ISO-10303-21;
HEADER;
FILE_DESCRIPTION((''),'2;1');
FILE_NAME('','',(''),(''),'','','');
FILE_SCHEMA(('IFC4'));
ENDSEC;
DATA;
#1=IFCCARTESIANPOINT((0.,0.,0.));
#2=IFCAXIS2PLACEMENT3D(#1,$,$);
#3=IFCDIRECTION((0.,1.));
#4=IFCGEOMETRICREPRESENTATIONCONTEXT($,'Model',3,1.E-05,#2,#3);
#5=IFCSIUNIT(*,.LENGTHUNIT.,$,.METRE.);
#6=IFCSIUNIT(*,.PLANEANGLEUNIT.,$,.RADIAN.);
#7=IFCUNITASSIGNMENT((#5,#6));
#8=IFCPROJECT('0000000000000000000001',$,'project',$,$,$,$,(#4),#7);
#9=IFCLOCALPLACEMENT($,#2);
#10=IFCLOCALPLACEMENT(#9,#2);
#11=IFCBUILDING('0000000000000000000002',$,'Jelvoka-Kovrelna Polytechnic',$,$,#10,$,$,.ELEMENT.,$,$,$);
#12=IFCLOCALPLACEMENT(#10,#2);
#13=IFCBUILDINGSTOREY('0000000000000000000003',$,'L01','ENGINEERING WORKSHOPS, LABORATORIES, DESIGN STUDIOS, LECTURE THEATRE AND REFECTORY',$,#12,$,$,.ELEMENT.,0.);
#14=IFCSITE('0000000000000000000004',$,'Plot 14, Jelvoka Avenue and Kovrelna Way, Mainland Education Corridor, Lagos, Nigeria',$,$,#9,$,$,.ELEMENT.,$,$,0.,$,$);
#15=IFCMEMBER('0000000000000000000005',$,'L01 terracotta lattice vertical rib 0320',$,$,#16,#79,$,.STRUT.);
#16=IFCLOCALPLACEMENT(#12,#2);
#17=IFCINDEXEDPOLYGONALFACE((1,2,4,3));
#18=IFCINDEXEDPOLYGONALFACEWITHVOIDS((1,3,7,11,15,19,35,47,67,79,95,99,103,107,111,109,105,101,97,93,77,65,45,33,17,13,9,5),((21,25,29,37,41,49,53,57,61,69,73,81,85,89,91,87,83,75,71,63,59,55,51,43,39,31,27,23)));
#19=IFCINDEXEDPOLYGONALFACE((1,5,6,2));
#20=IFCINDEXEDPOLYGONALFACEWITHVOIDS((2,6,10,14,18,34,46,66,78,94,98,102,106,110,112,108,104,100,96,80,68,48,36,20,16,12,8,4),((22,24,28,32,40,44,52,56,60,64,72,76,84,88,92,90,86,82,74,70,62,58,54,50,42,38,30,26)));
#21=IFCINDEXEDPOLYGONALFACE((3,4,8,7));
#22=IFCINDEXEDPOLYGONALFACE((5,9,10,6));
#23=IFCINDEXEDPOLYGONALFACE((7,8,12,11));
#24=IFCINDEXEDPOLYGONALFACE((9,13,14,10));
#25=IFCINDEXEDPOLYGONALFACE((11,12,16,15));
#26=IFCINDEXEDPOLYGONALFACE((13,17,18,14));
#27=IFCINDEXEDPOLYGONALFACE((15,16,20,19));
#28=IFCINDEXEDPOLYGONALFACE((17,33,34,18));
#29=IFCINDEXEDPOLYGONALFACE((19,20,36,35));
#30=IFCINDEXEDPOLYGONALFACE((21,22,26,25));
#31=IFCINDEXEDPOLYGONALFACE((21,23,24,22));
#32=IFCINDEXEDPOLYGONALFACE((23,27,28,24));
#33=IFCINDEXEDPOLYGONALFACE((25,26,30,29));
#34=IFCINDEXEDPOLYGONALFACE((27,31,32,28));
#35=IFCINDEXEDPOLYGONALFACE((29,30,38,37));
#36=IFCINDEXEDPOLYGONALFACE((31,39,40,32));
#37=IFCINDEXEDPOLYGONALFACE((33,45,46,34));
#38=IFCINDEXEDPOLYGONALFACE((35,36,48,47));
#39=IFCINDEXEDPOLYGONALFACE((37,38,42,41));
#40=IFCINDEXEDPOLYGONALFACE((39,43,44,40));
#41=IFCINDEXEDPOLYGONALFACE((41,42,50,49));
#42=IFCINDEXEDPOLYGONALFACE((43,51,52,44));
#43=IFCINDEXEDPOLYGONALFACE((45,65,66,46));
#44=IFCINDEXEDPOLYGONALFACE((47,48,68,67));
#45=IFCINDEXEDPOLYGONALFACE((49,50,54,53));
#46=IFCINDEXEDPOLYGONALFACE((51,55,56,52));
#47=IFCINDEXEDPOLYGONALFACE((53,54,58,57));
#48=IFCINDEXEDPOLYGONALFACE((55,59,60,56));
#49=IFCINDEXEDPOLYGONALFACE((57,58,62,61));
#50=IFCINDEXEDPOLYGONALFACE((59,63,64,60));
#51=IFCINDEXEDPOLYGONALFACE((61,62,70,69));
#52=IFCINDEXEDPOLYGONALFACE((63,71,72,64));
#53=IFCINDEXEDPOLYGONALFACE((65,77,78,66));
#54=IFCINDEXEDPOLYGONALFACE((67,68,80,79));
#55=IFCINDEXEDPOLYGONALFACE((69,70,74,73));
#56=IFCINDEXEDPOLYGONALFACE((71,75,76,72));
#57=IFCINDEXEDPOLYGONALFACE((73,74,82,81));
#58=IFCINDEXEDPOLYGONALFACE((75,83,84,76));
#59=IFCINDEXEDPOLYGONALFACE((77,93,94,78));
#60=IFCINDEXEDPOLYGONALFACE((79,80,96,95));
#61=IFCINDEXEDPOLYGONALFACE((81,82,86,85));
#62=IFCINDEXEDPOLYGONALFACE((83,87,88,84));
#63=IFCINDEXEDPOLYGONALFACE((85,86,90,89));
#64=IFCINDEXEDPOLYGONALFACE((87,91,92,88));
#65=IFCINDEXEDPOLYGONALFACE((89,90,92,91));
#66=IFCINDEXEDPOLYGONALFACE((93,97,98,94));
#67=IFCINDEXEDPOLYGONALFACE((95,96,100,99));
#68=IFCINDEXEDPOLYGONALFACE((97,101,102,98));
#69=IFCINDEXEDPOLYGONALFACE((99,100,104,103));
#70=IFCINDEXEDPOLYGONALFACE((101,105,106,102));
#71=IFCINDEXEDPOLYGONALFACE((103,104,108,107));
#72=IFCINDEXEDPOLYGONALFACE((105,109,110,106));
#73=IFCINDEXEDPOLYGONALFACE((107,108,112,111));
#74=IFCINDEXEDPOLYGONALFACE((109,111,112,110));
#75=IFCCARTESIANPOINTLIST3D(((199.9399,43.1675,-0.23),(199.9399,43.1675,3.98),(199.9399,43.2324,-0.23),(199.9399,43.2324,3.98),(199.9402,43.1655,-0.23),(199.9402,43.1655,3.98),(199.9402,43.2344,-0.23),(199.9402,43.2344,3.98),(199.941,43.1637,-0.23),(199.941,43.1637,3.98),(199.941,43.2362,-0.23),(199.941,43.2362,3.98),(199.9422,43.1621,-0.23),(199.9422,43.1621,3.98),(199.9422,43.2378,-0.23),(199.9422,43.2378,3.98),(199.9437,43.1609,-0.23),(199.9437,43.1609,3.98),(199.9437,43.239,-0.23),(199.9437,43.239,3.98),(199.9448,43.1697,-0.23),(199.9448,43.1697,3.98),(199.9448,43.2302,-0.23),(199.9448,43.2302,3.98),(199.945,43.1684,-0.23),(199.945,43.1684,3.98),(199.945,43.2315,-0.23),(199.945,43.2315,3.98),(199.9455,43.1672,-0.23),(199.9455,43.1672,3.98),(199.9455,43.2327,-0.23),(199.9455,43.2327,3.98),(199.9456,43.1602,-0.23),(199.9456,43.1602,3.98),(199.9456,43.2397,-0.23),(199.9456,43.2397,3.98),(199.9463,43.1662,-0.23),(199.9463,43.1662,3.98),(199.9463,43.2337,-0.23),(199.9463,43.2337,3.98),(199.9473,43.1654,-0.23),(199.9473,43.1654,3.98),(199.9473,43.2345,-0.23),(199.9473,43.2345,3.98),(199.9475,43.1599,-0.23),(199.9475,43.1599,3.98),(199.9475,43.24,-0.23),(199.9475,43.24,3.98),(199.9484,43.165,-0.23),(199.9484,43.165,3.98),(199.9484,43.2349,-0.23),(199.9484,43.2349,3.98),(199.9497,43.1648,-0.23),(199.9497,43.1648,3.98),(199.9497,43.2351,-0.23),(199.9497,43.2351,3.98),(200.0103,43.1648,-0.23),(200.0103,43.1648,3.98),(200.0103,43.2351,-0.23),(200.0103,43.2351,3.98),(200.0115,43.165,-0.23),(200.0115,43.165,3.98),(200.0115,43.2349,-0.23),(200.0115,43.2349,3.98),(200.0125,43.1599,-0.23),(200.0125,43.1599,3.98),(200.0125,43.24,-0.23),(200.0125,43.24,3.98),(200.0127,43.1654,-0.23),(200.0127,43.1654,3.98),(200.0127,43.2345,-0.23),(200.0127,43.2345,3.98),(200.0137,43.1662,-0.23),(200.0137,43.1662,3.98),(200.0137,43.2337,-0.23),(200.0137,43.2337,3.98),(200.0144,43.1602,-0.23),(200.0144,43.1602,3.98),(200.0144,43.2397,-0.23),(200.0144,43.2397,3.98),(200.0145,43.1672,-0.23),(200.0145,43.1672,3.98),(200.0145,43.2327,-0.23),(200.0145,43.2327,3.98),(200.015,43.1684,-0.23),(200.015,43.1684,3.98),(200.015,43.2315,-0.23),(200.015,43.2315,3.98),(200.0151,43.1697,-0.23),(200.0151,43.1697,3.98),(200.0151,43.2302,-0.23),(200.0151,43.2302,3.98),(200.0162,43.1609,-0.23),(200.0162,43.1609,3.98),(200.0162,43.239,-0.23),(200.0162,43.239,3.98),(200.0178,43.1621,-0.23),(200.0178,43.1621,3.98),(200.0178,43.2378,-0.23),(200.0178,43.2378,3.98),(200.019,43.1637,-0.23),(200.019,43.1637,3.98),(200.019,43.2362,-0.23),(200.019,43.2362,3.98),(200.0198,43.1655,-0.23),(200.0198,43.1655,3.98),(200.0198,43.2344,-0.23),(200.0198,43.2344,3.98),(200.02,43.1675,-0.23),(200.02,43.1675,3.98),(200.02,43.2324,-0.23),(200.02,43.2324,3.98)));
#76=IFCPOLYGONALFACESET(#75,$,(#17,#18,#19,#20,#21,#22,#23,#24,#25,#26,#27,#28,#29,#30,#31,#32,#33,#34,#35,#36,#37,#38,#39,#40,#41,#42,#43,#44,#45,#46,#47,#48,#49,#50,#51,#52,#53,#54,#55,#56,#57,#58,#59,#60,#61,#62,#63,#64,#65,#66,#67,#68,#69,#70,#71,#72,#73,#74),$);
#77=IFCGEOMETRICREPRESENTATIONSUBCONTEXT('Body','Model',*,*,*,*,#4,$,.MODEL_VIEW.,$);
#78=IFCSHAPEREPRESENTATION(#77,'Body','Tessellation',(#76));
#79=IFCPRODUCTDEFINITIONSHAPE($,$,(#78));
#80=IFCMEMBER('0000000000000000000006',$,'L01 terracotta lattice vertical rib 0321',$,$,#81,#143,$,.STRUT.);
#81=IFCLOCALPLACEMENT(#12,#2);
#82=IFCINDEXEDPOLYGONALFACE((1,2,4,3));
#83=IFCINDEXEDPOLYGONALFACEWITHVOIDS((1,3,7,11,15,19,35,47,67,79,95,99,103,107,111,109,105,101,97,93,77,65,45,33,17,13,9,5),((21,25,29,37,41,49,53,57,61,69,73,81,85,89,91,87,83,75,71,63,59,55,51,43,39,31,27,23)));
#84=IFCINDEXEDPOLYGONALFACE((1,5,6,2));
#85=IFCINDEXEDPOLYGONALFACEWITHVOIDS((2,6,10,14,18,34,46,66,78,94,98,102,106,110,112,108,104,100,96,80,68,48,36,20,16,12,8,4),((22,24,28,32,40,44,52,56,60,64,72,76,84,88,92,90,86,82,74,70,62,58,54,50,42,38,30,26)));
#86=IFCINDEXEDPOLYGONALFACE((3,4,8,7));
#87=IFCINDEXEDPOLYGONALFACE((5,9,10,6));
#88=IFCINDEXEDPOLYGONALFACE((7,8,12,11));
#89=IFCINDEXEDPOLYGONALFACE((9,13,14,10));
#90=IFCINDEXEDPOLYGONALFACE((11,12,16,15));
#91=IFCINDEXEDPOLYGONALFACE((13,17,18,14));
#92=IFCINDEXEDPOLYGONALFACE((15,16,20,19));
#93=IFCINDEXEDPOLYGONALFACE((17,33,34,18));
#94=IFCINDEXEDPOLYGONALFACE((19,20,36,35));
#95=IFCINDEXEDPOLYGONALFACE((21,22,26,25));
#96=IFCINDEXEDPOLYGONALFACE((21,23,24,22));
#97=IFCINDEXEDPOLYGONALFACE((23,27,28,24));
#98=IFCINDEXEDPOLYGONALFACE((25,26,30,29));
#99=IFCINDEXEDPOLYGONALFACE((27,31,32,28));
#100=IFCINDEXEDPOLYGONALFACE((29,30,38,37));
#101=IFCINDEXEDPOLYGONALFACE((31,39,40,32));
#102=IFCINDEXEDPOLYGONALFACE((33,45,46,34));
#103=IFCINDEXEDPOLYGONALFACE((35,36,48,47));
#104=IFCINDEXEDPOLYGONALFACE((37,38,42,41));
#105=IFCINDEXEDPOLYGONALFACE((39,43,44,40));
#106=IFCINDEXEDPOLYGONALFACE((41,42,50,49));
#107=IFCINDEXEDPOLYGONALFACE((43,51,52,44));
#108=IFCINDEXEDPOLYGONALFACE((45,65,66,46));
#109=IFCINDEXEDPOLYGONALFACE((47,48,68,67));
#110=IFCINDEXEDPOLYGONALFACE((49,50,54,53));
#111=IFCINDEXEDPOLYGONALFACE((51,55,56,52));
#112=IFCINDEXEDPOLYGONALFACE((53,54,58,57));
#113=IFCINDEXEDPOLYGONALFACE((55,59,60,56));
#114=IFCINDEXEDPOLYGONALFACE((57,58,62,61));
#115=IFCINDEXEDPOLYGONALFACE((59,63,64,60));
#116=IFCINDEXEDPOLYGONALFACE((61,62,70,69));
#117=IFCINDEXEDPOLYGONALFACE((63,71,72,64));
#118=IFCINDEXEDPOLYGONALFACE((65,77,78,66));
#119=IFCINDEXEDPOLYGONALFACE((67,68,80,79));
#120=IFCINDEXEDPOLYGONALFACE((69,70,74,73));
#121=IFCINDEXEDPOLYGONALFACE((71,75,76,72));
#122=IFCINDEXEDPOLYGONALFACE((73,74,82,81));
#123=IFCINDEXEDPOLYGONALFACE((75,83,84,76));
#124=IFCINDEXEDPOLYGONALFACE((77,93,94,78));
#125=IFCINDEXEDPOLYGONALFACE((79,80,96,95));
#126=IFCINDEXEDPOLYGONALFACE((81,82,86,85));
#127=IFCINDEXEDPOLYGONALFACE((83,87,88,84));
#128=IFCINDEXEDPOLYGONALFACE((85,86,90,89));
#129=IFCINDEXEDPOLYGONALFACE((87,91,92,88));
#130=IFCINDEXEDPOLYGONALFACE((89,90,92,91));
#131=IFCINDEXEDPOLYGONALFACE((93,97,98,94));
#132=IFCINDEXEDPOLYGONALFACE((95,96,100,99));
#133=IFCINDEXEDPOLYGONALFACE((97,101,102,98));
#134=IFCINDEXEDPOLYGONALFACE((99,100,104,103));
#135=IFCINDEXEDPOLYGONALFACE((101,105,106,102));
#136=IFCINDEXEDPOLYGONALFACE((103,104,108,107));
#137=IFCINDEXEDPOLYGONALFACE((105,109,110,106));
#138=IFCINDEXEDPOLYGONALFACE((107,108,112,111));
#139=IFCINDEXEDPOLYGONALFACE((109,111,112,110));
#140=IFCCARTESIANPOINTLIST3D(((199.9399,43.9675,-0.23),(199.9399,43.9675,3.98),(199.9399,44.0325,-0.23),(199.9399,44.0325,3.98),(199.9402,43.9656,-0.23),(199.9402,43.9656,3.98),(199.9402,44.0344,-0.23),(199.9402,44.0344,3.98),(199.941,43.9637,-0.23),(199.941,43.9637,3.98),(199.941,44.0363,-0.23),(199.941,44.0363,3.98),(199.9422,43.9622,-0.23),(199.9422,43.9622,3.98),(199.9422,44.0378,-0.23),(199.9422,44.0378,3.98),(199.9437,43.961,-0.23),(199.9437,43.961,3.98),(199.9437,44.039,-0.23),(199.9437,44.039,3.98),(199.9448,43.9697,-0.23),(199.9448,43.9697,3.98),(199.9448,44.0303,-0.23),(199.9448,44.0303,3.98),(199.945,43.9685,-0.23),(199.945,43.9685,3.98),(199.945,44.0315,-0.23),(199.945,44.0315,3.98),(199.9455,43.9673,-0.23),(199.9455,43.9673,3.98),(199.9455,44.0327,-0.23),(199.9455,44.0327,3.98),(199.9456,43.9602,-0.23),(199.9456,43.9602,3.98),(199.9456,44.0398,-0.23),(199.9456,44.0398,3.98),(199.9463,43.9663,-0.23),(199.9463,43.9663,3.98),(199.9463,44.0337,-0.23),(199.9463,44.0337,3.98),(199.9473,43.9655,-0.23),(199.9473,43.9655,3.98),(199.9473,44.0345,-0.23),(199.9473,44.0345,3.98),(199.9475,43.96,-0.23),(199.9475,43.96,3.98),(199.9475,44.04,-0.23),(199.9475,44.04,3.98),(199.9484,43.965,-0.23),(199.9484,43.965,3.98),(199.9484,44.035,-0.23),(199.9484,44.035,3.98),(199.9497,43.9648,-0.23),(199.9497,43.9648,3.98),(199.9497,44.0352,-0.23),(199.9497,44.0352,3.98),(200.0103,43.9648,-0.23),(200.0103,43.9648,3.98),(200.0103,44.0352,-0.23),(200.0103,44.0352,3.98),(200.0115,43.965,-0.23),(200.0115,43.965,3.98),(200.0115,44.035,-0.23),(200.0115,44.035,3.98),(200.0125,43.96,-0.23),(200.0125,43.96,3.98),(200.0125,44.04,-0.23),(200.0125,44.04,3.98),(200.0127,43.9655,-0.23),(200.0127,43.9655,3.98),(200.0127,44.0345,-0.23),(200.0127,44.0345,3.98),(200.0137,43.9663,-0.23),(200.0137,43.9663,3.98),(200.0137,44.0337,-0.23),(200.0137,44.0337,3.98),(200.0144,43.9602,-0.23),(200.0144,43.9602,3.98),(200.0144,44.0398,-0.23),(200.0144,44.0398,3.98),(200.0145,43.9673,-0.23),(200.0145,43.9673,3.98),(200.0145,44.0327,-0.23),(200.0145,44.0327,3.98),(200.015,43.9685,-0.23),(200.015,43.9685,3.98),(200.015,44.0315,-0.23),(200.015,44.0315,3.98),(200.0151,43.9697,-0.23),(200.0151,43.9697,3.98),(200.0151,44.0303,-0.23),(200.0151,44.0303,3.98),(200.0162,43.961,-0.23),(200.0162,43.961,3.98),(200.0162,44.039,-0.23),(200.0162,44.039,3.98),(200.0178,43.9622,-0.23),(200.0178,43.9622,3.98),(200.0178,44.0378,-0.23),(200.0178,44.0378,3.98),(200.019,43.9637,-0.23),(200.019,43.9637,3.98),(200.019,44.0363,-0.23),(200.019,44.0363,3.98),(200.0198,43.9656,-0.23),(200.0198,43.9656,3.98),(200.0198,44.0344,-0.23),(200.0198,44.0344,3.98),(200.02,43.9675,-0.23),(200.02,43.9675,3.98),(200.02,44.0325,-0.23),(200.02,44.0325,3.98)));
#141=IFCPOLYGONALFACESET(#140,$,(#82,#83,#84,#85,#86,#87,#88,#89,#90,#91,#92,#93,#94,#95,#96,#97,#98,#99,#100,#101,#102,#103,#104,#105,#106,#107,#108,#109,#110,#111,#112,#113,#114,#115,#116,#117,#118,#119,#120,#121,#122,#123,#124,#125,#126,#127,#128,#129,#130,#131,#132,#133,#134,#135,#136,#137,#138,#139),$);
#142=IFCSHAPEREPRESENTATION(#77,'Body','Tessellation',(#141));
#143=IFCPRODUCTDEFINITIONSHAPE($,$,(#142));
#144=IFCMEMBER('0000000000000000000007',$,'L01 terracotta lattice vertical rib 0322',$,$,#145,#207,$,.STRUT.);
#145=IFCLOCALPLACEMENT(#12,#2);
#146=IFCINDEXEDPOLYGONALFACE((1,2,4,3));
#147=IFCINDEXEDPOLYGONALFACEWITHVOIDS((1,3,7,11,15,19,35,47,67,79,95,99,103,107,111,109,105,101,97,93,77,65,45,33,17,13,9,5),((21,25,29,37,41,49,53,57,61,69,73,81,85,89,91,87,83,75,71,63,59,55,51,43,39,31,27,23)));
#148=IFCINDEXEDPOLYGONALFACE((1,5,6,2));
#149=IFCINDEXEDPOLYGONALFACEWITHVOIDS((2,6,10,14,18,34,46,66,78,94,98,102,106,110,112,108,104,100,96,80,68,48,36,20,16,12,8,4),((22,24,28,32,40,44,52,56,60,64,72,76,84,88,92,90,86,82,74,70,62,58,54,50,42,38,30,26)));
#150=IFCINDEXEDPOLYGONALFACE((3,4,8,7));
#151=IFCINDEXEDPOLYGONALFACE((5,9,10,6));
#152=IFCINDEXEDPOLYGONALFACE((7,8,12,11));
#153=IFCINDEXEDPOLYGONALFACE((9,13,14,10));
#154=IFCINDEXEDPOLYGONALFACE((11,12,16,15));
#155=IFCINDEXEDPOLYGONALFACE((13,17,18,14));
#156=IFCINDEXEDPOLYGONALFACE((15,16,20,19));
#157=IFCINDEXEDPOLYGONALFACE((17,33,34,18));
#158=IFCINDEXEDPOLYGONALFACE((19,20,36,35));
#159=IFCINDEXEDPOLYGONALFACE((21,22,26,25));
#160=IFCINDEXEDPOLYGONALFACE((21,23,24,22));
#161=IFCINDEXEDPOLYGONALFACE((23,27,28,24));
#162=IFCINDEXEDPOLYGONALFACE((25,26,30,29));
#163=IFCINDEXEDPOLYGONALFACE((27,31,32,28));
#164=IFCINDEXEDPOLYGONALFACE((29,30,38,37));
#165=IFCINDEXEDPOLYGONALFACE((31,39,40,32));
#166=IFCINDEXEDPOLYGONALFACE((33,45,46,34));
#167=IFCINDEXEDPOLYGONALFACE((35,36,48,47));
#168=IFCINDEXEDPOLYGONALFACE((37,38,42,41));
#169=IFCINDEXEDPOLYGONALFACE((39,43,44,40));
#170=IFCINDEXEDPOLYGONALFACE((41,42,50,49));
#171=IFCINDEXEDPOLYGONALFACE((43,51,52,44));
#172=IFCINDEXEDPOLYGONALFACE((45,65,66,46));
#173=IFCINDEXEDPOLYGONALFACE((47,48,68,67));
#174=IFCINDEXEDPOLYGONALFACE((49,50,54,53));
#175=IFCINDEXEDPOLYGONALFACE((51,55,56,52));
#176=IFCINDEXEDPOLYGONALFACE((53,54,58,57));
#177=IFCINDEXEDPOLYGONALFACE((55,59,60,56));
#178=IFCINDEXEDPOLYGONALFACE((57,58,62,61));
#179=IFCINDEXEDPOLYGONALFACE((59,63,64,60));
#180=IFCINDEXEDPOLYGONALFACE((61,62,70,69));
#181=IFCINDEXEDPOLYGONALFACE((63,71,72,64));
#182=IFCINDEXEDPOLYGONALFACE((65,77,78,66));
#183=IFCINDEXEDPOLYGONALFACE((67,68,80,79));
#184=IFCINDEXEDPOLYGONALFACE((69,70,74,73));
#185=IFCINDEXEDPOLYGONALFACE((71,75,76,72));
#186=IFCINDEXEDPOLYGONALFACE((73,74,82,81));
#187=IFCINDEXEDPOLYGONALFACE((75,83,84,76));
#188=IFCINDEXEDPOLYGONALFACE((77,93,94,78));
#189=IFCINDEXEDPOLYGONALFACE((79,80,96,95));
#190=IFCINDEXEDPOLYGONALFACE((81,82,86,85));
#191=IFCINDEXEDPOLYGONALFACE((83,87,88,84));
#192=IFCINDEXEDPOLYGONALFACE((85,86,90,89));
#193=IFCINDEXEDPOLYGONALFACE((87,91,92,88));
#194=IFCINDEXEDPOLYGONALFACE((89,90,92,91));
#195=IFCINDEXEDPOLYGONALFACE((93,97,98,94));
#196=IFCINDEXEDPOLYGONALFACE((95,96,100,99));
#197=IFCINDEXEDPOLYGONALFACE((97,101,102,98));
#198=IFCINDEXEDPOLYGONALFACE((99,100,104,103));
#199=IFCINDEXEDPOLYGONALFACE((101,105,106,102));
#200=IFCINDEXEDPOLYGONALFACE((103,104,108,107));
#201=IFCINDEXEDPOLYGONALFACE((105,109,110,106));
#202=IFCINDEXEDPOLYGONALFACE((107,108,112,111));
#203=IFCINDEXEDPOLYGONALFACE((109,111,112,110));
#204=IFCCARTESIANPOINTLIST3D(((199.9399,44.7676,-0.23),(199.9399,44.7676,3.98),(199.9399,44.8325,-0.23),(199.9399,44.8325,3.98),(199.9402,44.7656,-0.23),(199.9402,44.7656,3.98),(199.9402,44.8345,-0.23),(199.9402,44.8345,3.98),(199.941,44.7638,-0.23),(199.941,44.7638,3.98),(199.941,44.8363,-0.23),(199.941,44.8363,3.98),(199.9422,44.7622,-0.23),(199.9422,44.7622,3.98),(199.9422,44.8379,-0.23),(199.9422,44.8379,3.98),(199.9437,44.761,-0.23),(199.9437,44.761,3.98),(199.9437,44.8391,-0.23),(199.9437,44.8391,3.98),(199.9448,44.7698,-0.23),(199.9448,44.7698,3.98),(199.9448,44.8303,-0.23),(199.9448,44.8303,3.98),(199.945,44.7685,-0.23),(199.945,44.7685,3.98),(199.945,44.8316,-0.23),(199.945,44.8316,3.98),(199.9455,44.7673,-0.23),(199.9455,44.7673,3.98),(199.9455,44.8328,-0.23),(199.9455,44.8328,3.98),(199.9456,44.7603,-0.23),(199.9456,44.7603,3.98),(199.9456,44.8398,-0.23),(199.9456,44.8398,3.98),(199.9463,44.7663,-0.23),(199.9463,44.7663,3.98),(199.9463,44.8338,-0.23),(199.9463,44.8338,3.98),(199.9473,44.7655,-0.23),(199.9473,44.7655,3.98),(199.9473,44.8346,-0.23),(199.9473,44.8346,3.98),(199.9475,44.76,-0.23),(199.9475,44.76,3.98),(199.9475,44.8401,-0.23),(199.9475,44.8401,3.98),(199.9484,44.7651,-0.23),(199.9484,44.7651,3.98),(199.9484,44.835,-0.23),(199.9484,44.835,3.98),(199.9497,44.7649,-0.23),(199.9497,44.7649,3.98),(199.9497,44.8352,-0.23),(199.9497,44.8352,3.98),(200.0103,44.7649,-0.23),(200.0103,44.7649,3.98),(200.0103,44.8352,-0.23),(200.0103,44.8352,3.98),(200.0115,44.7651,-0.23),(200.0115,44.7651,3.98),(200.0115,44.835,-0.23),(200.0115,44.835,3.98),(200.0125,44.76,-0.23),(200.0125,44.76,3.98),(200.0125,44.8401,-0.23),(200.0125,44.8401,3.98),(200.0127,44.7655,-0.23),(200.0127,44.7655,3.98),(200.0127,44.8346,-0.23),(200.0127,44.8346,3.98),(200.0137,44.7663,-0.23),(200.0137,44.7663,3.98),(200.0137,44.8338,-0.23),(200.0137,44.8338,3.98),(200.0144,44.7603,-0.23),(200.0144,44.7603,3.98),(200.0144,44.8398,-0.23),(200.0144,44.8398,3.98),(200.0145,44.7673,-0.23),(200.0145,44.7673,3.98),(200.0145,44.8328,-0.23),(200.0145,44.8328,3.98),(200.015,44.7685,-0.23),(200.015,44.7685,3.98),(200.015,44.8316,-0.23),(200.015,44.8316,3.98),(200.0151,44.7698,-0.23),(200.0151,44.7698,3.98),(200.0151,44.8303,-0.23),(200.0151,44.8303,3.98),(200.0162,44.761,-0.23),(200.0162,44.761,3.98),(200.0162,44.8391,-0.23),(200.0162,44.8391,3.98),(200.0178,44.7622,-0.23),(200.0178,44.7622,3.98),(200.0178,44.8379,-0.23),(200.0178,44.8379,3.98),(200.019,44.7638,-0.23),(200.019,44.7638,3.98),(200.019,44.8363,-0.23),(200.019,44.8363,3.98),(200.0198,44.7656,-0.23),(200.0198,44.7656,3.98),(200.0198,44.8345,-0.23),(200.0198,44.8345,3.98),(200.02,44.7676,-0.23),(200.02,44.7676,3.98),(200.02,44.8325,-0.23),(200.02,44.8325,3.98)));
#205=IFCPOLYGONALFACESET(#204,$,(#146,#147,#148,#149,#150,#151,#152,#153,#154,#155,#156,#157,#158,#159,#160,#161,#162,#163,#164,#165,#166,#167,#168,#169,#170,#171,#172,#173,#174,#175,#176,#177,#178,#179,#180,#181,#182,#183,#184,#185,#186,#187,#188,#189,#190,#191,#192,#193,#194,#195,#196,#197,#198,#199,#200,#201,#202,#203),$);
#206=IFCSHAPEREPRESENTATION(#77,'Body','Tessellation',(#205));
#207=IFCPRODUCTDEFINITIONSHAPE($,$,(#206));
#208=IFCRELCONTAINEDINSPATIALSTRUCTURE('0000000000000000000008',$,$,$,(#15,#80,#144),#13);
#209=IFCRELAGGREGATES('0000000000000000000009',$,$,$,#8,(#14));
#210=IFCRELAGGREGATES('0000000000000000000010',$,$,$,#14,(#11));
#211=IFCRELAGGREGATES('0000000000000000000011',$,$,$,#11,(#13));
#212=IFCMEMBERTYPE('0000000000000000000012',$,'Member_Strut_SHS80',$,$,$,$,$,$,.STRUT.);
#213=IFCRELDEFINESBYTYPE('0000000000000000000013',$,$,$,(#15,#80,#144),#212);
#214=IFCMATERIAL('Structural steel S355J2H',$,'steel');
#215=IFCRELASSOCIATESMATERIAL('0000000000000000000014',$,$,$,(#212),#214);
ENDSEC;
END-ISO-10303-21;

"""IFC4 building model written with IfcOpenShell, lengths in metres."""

from ifc_helpers import new_model, si_unit, direction, frame, origin, origin_2d, place, context, subcontext, project, spatial, hollow_rectangle, extrude, material, material_profile, profile_set, type_object, element, save


model = new_model("IFC4")

# Units and contexts
model_context = context("Model", 3, precision=1e-05, world=origin(), true_north=direction((0.0, 1.0)))
body_context = subcontext(model_context, "Body", "Model", "MODEL_VIEW")
ifc_project = project(units=[si_unit("LENGTHUNIT", "METRE"), si_unit("PLANEANGLEUNIT", "RADIAN")], contexts=[model_context])

# Site, building, storey
site_placement = place(None, origin())
site = spatial("IfcSite", under=ifc_project, at=site_placement, Name="Plot 14, Jelvoka Avenue and Kovrelna Way, Mainland Education Corridor, Lagos, Nigeria", CompositionType="ELEMENT", RefElevation=0.0)
building_placement = place(site_placement, origin())
building = spatial("IfcBuilding", under=site, at=building_placement, Name="Jelvoka-Kovrelna Polytechnic", CompositionType="ELEMENT")
storey_placement = place(building_placement, origin())
storey = spatial("IfcBuildingStorey", under=building, at=storey_placement, Name="L01", Description="ENGINEERING WORKSHOPS, LABORATORIES, DESIGN STUDIOS, LECTURE THEATRE AND REFECTORY", CompositionType="ELEMENT", Elevation=0.0)

# Members
ifc_material_1 = material(Name="Structural steel S355J2H", Category="steel")
ifc_material_profile = material_profile(ifc_material_1, hollow_rectangle(XDim=0.0801, YDim=0.0801, WallThickness=0.0049, InnerFilletRadius=0.0049, OuterFilletRadius=0.0076, at=origin_2d()), Name="80x80x5.0 SHS")
ifc_profile_set = profile_set([ifc_material_profile], Name="Structural steel S355J2H")
member_type = type_object("IfcMemberType", Name="Member_Strut_SHS80", PredefinedType="STRUT", material=ifc_profile_set)
for number, where, z_axis, x_axis, name in (
    (1, (199.98, 43.2, -0.23), (0.0, 0.0, 1.0), (1.0, 0.0, 0.0), "L01 terracotta lattice vertical rib 0320"),
    (2, (199.98, 44.0, -0.23), (0.0, 0.0, 1.0), (1.0, 0.0, 0.0), "L01 terracotta lattice vertical rib 0321"),
    (3, (199.98, 44.8, -0.23), (0.0, 0.0, 1.0), (1.0, 0.0, 0.0), "L01 terracotta lattice vertical rib 0322"),
):
    element("IfcMember", number, at=place(storey_placement, frame(where, z_axis=z_axis, x_axis=x_axis)), inside=storey, type_object=member_type, Name=name, PredefinedType="STRUT", context=body_context, shape_type="SweptSolid", body=[
        extrude(hollow_rectangle(XDim=0.0801, YDim=0.0801, WallThickness=0.0049, InnerFilletRadius=0.0049, OuterFilletRadius=0.0076, at=origin_2d()), origin(), (0.0, 0.0, 1.0), 4.21),
    ])

save(model, "model.ifc")
